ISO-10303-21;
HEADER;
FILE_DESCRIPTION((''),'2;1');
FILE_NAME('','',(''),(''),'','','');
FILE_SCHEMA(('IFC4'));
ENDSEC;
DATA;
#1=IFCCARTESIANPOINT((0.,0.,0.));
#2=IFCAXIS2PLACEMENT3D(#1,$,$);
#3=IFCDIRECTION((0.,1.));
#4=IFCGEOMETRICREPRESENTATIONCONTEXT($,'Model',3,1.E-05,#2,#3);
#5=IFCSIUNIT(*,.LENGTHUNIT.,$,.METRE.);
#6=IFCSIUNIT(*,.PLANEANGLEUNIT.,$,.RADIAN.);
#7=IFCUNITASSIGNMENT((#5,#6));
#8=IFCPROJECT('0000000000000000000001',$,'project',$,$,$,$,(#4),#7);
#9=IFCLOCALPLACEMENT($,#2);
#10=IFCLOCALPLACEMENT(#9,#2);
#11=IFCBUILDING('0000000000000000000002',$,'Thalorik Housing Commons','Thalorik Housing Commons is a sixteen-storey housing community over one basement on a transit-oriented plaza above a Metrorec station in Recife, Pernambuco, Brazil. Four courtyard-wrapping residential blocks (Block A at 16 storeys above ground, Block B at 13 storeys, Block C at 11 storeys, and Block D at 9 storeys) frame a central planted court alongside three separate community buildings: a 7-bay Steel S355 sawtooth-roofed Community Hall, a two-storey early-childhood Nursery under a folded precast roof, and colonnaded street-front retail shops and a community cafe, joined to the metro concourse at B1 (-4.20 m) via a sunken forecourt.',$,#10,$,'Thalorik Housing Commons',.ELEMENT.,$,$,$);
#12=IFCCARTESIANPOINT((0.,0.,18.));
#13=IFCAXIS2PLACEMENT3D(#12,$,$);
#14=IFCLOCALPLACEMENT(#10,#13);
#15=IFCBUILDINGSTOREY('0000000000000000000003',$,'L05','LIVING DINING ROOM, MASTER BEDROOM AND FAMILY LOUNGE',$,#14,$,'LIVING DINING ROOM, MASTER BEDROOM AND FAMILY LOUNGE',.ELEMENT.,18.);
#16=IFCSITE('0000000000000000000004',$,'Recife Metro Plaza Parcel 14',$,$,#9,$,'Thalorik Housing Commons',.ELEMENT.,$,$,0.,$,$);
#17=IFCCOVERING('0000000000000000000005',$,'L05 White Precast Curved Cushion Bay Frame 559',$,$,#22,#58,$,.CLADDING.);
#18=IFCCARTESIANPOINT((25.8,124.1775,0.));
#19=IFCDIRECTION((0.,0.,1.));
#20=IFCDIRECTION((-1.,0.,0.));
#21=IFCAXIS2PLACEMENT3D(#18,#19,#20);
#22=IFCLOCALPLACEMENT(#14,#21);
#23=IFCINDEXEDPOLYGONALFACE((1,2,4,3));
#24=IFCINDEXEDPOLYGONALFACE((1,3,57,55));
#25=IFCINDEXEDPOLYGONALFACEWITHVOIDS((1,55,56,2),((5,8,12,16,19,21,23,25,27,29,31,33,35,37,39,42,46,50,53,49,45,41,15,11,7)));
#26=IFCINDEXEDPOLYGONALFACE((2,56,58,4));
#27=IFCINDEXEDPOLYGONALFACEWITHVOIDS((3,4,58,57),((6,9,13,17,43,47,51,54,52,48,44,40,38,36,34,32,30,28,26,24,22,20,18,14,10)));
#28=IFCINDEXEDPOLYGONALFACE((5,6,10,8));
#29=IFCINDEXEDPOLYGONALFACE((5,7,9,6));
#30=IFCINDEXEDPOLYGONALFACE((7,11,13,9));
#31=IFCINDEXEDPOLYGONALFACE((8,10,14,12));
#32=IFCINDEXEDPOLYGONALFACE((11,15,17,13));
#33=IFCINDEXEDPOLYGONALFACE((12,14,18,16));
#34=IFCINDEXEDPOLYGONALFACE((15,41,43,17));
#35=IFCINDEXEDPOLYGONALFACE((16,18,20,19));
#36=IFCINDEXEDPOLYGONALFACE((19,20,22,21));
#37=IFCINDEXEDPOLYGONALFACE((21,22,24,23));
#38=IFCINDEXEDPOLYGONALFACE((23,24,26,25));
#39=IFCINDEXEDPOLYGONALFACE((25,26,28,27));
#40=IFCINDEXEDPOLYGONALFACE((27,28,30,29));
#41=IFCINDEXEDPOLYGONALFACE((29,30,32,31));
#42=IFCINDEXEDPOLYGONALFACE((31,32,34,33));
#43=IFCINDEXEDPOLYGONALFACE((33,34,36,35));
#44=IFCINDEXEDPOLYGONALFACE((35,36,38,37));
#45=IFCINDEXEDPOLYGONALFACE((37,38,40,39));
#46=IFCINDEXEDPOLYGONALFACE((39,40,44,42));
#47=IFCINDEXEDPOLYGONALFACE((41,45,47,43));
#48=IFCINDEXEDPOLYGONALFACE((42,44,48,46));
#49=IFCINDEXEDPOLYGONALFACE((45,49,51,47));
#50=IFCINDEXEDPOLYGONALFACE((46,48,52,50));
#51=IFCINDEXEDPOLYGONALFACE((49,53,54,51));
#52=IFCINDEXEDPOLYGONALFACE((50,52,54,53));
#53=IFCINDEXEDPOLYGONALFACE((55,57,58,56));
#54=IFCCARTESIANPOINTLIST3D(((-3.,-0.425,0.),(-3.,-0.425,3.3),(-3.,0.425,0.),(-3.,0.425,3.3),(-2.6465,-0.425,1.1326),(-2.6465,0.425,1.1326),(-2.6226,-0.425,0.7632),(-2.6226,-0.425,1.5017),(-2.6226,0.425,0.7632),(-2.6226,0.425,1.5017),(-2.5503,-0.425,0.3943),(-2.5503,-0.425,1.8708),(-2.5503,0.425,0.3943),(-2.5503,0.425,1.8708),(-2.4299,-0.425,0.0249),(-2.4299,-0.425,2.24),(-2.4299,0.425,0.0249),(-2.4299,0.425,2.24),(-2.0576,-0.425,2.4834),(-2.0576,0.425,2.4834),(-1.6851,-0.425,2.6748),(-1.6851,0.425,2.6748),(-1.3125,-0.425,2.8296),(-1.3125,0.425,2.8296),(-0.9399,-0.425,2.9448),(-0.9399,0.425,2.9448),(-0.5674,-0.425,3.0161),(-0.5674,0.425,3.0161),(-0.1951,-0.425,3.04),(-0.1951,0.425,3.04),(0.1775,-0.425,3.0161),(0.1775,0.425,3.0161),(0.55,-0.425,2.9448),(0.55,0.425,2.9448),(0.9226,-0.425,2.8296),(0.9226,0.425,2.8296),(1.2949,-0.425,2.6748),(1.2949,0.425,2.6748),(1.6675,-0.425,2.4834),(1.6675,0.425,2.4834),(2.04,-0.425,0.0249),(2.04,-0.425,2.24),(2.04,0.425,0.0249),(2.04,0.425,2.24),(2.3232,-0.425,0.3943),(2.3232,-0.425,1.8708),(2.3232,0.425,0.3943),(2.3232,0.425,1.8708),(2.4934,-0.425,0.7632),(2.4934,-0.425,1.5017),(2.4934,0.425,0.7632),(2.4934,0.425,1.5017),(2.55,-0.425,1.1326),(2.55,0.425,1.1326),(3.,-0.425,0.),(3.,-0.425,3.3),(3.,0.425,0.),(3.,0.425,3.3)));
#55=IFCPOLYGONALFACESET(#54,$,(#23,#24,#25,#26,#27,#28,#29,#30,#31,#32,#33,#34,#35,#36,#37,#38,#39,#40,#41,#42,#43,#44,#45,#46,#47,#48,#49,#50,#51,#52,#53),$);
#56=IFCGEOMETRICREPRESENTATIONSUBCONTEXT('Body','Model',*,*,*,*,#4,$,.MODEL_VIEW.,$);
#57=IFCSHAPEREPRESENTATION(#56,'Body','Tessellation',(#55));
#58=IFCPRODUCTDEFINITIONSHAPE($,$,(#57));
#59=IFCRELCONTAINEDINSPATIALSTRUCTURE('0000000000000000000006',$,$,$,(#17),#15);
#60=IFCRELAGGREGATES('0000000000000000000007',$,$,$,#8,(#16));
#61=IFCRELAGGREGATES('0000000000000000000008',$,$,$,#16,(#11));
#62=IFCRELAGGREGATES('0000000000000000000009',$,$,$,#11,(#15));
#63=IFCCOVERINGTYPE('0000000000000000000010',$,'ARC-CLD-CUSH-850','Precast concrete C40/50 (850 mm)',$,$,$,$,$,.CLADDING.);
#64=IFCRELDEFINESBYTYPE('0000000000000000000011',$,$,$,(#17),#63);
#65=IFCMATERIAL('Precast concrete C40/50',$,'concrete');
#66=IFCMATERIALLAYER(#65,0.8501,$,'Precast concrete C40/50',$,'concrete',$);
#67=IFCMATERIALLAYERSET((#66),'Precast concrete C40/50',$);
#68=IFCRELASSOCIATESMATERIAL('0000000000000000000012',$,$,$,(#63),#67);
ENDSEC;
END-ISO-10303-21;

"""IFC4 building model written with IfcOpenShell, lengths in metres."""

from ifc_helpers import new_model, si_unit, direction, frame, origin, place, context, subcontext, project, spatial, polyline, outline, extrude, material, layer, layer_set, type_object, element, save


model = new_model("IFC4")

# Units and contexts
model_context = context("Model", 3, precision=1e-05, world=origin(), true_north=direction((0.0, 1.0)))
body_context = subcontext(model_context, "Body", "Model", "MODEL_VIEW")
ifc_project = project(units=[si_unit("LENGTHUNIT", "METRE"), si_unit("PLANEANGLEUNIT", "RADIAN")], contexts=[model_context])

# Site, building, storey
site_placement = place(None, origin())
site = spatial("IfcSite", under=ifc_project, at=site_placement, Name="Recife Metro Plaza Parcel 14", LongName="Thalorik Housing Commons", CompositionType="ELEMENT", RefElevation=0.0)
building_placement = place(site_placement, origin())
building = spatial("IfcBuilding", under=site, at=building_placement, Name="Thalorik Housing Commons", Description="Thalorik Housing Commons is a sixteen-storey housing community over one basement on a transit-oriented plaza above a Metrorec station in Recife, Pernambuco, Brazil. Four courtyard-wrapping residential blocks (Block A at 16 storeys above ground, Block B at 13 storeys, Block C at 11 storeys, and Block D at 9 storeys) frame a central planted court alongside three separate community buildings: a 7-bay Steel S355 sawtooth-roofed Community Hall, a two-storey early-childhood Nursery under a folded precast roof, and colonnaded street-front retail shops and a community cafe, joined to the metro concourse at B1 (-4.20 m) via a sunken forecourt.", LongName="Thalorik Housing Commons", CompositionType="ELEMENT")
storey_placement = place(building_placement, frame((0.0, 0.0, 18.0)))
storey = spatial("IfcBuildingStorey", under=building, at=storey_placement, Name="L05", Description="LIVING DINING ROOM, MASTER BEDROOM AND FAMILY LOUNGE", LongName="LIVING DINING ROOM, MASTER BEDROOM AND FAMILY LOUNGE", CompositionType="ELEMENT", Elevation=18.0)

# Shared definitions
ifc_material_1 = material(Name="Precast concrete C40/50", Category="concrete")

# Covering
ifc_layer_1 = layer(ifc_material_1, 0.8501, Name="Precast concrete C40/50", Category="concrete")
ifc_layer_set_1 = layer_set([ifc_layer_1], Name="Precast concrete C40/50")
covering_type_1 = type_object("IfcCoveringType", Name="ARC-CLD-CUSH-850", Description="Precast concrete C40/50 (850 mm)", PredefinedType="CLADDING", material=ifc_layer_set_1)
covering_1_placement = place(storey_placement, frame((25.8, 124.1775, 0.0), z_axis=(0.0, 0.0, 1.0), x_axis=(-1.0, 0.0, 0.0)))
element("IfcCovering", 1, at=covering_1_placement, inside=storey, type_object=covering_type_1, Name="L05 White Precast Curved Cushion Bay Frame 559", PredefinedType="CLADDING", context=body_context, shape_type="SweptSolid", body=[
    extrude(outline(polyline([(-3.0, 0.0), (3.0, 0.0), (3.0, 3.3), (-3.0, 3.3), (-3.0, 0.0)]), holes=[polyline([(2.04, 0.0249), (2.3232, 0.3943), (2.4934, 0.7632), (2.55, 1.1326), (2.4934, 1.5017), (2.3232, 1.8708), (2.04, 2.24), (1.6675, 2.4834), (1.2949, 2.6748), (0.9226, 2.8296), (0.55, 2.9448), (0.1775, 3.0161), (-0.1951, 3.04), (-0.5674, 3.0161), (-0.9399, 2.9448), (-1.3125, 2.8296), (-1.6851, 2.6748), (-2.0576, 2.4834), (-2.4299, 2.24), (-2.5503, 1.8708), (-2.6226, 1.5017), (-2.6465, 1.1326), (-2.6226, 0.7632), (-2.5503, 0.3943), (-2.4299, 0.0249), (2.04, 0.0249)])]), frame((0.0, 0.425, 0.0), z_axis=(0.0, -1.0, 0.0), x_axis=(1.0, 0.0, 0.0)), (0.0, 0.0, 1.0), 0.8501),
])

save(model, "model.ifc")
